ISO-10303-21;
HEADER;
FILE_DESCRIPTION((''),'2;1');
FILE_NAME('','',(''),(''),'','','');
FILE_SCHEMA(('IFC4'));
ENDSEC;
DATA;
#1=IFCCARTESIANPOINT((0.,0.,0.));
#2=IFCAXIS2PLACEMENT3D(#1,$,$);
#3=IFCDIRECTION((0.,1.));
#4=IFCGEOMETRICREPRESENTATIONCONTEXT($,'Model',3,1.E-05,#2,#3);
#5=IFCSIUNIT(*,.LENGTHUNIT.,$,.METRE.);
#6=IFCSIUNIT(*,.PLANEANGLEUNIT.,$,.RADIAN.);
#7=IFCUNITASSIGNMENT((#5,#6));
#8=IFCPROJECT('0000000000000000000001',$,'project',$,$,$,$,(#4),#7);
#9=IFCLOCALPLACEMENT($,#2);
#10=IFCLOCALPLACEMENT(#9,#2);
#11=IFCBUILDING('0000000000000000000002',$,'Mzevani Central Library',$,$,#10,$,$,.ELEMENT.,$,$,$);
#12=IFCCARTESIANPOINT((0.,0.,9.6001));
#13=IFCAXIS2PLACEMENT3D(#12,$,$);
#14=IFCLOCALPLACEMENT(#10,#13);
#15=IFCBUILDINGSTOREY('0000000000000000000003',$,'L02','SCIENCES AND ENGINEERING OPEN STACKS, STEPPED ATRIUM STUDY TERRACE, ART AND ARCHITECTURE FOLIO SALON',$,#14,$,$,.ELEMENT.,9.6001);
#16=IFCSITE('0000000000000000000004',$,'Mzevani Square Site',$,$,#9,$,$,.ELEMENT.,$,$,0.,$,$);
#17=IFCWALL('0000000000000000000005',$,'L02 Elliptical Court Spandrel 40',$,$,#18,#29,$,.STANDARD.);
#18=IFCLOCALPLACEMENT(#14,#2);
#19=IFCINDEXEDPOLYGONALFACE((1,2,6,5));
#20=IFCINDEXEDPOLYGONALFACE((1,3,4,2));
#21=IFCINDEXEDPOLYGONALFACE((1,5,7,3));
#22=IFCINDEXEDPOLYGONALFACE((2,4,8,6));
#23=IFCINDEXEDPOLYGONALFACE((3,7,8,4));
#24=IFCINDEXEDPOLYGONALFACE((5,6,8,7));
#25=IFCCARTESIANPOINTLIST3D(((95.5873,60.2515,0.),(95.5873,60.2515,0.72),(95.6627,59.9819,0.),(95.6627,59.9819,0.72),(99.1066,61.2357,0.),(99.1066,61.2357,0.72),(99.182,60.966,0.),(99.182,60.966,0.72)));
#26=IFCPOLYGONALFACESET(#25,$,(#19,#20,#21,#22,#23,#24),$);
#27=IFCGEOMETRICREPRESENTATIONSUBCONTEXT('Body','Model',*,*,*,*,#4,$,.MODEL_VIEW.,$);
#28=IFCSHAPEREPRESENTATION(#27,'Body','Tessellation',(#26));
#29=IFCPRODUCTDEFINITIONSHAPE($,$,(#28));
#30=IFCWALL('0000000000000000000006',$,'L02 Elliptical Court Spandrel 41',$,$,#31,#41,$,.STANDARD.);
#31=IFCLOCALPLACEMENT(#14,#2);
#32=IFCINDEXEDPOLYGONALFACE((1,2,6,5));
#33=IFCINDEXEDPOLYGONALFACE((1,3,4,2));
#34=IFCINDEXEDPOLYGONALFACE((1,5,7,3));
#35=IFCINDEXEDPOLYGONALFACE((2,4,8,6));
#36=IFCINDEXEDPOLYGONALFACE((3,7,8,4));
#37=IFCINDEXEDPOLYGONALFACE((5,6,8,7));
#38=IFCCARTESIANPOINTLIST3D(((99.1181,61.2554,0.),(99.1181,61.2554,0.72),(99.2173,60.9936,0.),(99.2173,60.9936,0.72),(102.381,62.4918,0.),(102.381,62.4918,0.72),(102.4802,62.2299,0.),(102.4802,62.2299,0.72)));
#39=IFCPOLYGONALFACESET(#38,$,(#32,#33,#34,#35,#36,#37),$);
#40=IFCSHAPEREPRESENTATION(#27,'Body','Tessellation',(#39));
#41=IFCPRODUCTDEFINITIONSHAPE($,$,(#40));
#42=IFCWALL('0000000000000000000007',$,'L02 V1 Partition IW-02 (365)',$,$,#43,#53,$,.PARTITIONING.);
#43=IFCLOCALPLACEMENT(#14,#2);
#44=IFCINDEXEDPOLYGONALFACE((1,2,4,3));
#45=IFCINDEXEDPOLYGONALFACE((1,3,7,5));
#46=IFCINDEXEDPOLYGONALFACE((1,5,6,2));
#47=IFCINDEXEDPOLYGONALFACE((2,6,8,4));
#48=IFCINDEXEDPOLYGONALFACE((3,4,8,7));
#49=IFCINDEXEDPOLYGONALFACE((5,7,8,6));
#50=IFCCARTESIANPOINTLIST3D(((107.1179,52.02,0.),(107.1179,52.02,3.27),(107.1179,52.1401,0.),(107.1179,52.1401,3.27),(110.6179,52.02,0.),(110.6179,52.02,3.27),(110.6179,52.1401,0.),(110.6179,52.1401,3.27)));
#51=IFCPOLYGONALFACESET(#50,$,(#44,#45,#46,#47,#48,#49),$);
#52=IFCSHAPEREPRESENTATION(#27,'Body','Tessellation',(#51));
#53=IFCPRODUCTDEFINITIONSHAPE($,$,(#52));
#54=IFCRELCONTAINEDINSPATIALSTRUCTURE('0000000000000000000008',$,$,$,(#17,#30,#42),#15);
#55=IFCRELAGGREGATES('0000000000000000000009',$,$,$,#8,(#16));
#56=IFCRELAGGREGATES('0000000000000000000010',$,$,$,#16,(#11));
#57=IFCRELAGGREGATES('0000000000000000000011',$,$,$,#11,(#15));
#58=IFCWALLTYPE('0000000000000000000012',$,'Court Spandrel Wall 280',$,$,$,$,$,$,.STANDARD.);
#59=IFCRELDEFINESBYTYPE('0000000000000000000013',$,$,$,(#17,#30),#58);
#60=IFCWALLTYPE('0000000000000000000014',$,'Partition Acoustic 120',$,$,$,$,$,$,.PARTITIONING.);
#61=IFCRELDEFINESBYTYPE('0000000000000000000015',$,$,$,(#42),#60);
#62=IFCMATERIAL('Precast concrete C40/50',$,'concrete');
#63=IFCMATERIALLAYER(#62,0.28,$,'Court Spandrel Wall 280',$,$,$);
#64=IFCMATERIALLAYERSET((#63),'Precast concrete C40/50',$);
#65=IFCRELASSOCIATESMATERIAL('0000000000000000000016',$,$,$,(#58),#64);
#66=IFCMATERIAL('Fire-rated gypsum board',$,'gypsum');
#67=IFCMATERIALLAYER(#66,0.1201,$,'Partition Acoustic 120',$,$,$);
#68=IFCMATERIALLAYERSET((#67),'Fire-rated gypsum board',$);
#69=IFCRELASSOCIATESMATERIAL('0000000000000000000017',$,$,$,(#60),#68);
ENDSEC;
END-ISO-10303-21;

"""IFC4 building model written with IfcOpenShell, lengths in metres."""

from ifc_helpers import new_model, si_unit, direction, frame, frame_2d, origin, place, context, subcontext, project, spatial, rectangle, extrude, material, layer, layer_set, type_object, element, save


model = new_model("IFC4")

# Units and contexts
model_context = context("Model", 3, precision=1e-05, world=origin(), true_north=direction((0.0, 1.0)))
body_context = subcontext(model_context, "Body", "Model", "MODEL_VIEW")
ifc_project = project(units=[si_unit("LENGTHUNIT", "METRE"), si_unit("PLANEANGLEUNIT", "RADIAN")], contexts=[model_context])

# Site, building, storey
site_placement = place(None, origin())
site = spatial("IfcSite", under=ifc_project, at=site_placement, Name="Mzevani Square Site", CompositionType="ELEMENT", RefElevation=0.0)
building_placement = place(site_placement, origin())
building = spatial("IfcBuilding", under=site, at=building_placement, Name="Mzevani Central Library", CompositionType="ELEMENT")
storey_placement = place(building_placement, frame((0.0, 0.0, 9.6001)))
storey = spatial("IfcBuildingStorey", under=building, at=storey_placement, Name="L02", Description="SCIENCES AND ENGINEERING OPEN STACKS, STEPPED ATRIUM STUDY TERRACE, ART AND ARCHITECTURE FOLIO SALON", CompositionType="ELEMENT", Elevation=9.6001)

# Walls
ifc_material_1 = material(Name="Precast concrete C40/50", Category="concrete")
ifc_layer_1 = layer(ifc_material_1, 0.28, Name="Court Spandrel Wall 280")
ifc_layer_set_1 = layer_set([ifc_layer_1], Name="Precast concrete C40/50")
wall_type_1 = type_object("IfcWallType", Name="Court Spandrel Wall 280", PredefinedType="STANDARD", material=ifc_layer_set_1)
wall_1_placement = place(storey_placement, frame((95.625, 60.1167, 0.0), z_axis=(0.0, 0.0, 1.0), x_axis=(0.963054, 0.269308, 0.0)))
element("IfcWall", 1, at=wall_1_placement, inside=storey, type_object=wall_type_1, Name="L02 Elliptical Court Spandrel 40", PredefinedType="STANDARD", context=body_context, shape_type="SweptSolid", body=[
    extrude(rectangle(XDim=3.6543, YDim=0.28, at=frame_2d((1.8271, 0.0))), origin(), (0.0, 0.0, 1.0), 0.72),
])
wall_2_placement = place(storey_placement, frame((99.1677, 61.1245, 0.0), z_axis=(0.0, 0.0, 1.0), x_axis=(0.935125, 0.354319, 0.0)))
element("IfcWall", 2, at=wall_2_placement, inside=storey, type_object=wall_type_1, Name="L02 Elliptical Court Spandrel 41", PredefinedType="STANDARD", context=body_context, shape_type="SweptSolid", body=[
    extrude(rectangle(XDim=3.4893, YDim=0.28, at=frame_2d((1.7446, 0.0))), origin(), (0.0, 0.0, 1.0), 0.72),
])
ifc_material_2 = material(Name="Fire-rated gypsum board", Category="gypsum")
ifc_layer_2 = layer(ifc_material_2, 0.1201, Name="Partition Acoustic 120")
ifc_layer_set_2 = layer_set([ifc_layer_2], Name="Fire-rated gypsum board")
wall_type_2 = type_object("IfcWallType", Name="Partition Acoustic 120", PredefinedType="PARTITIONING", material=ifc_layer_set_2)
wall_3_placement = place(storey_placement, frame((107.1179, 52.0801, 0.0), z_axis=(0.0, 0.0, 1.0), x_axis=(1.0, 0.0, 0.0)))
element("IfcWall", 3, at=wall_3_placement, inside=storey, type_object=wall_type_2, Name="L02 V1 Partition IW-02 (365)", PredefinedType="PARTITIONING", context=body_context, shape_type="SweptSolid", body=[
    extrude(rectangle(XDim=3.5, YDim=0.1201, at=frame_2d((1.75, 0.0))), origin(), (0.0, 0.0, 1.0), 3.27),
])

save(model, "model.ifc")
